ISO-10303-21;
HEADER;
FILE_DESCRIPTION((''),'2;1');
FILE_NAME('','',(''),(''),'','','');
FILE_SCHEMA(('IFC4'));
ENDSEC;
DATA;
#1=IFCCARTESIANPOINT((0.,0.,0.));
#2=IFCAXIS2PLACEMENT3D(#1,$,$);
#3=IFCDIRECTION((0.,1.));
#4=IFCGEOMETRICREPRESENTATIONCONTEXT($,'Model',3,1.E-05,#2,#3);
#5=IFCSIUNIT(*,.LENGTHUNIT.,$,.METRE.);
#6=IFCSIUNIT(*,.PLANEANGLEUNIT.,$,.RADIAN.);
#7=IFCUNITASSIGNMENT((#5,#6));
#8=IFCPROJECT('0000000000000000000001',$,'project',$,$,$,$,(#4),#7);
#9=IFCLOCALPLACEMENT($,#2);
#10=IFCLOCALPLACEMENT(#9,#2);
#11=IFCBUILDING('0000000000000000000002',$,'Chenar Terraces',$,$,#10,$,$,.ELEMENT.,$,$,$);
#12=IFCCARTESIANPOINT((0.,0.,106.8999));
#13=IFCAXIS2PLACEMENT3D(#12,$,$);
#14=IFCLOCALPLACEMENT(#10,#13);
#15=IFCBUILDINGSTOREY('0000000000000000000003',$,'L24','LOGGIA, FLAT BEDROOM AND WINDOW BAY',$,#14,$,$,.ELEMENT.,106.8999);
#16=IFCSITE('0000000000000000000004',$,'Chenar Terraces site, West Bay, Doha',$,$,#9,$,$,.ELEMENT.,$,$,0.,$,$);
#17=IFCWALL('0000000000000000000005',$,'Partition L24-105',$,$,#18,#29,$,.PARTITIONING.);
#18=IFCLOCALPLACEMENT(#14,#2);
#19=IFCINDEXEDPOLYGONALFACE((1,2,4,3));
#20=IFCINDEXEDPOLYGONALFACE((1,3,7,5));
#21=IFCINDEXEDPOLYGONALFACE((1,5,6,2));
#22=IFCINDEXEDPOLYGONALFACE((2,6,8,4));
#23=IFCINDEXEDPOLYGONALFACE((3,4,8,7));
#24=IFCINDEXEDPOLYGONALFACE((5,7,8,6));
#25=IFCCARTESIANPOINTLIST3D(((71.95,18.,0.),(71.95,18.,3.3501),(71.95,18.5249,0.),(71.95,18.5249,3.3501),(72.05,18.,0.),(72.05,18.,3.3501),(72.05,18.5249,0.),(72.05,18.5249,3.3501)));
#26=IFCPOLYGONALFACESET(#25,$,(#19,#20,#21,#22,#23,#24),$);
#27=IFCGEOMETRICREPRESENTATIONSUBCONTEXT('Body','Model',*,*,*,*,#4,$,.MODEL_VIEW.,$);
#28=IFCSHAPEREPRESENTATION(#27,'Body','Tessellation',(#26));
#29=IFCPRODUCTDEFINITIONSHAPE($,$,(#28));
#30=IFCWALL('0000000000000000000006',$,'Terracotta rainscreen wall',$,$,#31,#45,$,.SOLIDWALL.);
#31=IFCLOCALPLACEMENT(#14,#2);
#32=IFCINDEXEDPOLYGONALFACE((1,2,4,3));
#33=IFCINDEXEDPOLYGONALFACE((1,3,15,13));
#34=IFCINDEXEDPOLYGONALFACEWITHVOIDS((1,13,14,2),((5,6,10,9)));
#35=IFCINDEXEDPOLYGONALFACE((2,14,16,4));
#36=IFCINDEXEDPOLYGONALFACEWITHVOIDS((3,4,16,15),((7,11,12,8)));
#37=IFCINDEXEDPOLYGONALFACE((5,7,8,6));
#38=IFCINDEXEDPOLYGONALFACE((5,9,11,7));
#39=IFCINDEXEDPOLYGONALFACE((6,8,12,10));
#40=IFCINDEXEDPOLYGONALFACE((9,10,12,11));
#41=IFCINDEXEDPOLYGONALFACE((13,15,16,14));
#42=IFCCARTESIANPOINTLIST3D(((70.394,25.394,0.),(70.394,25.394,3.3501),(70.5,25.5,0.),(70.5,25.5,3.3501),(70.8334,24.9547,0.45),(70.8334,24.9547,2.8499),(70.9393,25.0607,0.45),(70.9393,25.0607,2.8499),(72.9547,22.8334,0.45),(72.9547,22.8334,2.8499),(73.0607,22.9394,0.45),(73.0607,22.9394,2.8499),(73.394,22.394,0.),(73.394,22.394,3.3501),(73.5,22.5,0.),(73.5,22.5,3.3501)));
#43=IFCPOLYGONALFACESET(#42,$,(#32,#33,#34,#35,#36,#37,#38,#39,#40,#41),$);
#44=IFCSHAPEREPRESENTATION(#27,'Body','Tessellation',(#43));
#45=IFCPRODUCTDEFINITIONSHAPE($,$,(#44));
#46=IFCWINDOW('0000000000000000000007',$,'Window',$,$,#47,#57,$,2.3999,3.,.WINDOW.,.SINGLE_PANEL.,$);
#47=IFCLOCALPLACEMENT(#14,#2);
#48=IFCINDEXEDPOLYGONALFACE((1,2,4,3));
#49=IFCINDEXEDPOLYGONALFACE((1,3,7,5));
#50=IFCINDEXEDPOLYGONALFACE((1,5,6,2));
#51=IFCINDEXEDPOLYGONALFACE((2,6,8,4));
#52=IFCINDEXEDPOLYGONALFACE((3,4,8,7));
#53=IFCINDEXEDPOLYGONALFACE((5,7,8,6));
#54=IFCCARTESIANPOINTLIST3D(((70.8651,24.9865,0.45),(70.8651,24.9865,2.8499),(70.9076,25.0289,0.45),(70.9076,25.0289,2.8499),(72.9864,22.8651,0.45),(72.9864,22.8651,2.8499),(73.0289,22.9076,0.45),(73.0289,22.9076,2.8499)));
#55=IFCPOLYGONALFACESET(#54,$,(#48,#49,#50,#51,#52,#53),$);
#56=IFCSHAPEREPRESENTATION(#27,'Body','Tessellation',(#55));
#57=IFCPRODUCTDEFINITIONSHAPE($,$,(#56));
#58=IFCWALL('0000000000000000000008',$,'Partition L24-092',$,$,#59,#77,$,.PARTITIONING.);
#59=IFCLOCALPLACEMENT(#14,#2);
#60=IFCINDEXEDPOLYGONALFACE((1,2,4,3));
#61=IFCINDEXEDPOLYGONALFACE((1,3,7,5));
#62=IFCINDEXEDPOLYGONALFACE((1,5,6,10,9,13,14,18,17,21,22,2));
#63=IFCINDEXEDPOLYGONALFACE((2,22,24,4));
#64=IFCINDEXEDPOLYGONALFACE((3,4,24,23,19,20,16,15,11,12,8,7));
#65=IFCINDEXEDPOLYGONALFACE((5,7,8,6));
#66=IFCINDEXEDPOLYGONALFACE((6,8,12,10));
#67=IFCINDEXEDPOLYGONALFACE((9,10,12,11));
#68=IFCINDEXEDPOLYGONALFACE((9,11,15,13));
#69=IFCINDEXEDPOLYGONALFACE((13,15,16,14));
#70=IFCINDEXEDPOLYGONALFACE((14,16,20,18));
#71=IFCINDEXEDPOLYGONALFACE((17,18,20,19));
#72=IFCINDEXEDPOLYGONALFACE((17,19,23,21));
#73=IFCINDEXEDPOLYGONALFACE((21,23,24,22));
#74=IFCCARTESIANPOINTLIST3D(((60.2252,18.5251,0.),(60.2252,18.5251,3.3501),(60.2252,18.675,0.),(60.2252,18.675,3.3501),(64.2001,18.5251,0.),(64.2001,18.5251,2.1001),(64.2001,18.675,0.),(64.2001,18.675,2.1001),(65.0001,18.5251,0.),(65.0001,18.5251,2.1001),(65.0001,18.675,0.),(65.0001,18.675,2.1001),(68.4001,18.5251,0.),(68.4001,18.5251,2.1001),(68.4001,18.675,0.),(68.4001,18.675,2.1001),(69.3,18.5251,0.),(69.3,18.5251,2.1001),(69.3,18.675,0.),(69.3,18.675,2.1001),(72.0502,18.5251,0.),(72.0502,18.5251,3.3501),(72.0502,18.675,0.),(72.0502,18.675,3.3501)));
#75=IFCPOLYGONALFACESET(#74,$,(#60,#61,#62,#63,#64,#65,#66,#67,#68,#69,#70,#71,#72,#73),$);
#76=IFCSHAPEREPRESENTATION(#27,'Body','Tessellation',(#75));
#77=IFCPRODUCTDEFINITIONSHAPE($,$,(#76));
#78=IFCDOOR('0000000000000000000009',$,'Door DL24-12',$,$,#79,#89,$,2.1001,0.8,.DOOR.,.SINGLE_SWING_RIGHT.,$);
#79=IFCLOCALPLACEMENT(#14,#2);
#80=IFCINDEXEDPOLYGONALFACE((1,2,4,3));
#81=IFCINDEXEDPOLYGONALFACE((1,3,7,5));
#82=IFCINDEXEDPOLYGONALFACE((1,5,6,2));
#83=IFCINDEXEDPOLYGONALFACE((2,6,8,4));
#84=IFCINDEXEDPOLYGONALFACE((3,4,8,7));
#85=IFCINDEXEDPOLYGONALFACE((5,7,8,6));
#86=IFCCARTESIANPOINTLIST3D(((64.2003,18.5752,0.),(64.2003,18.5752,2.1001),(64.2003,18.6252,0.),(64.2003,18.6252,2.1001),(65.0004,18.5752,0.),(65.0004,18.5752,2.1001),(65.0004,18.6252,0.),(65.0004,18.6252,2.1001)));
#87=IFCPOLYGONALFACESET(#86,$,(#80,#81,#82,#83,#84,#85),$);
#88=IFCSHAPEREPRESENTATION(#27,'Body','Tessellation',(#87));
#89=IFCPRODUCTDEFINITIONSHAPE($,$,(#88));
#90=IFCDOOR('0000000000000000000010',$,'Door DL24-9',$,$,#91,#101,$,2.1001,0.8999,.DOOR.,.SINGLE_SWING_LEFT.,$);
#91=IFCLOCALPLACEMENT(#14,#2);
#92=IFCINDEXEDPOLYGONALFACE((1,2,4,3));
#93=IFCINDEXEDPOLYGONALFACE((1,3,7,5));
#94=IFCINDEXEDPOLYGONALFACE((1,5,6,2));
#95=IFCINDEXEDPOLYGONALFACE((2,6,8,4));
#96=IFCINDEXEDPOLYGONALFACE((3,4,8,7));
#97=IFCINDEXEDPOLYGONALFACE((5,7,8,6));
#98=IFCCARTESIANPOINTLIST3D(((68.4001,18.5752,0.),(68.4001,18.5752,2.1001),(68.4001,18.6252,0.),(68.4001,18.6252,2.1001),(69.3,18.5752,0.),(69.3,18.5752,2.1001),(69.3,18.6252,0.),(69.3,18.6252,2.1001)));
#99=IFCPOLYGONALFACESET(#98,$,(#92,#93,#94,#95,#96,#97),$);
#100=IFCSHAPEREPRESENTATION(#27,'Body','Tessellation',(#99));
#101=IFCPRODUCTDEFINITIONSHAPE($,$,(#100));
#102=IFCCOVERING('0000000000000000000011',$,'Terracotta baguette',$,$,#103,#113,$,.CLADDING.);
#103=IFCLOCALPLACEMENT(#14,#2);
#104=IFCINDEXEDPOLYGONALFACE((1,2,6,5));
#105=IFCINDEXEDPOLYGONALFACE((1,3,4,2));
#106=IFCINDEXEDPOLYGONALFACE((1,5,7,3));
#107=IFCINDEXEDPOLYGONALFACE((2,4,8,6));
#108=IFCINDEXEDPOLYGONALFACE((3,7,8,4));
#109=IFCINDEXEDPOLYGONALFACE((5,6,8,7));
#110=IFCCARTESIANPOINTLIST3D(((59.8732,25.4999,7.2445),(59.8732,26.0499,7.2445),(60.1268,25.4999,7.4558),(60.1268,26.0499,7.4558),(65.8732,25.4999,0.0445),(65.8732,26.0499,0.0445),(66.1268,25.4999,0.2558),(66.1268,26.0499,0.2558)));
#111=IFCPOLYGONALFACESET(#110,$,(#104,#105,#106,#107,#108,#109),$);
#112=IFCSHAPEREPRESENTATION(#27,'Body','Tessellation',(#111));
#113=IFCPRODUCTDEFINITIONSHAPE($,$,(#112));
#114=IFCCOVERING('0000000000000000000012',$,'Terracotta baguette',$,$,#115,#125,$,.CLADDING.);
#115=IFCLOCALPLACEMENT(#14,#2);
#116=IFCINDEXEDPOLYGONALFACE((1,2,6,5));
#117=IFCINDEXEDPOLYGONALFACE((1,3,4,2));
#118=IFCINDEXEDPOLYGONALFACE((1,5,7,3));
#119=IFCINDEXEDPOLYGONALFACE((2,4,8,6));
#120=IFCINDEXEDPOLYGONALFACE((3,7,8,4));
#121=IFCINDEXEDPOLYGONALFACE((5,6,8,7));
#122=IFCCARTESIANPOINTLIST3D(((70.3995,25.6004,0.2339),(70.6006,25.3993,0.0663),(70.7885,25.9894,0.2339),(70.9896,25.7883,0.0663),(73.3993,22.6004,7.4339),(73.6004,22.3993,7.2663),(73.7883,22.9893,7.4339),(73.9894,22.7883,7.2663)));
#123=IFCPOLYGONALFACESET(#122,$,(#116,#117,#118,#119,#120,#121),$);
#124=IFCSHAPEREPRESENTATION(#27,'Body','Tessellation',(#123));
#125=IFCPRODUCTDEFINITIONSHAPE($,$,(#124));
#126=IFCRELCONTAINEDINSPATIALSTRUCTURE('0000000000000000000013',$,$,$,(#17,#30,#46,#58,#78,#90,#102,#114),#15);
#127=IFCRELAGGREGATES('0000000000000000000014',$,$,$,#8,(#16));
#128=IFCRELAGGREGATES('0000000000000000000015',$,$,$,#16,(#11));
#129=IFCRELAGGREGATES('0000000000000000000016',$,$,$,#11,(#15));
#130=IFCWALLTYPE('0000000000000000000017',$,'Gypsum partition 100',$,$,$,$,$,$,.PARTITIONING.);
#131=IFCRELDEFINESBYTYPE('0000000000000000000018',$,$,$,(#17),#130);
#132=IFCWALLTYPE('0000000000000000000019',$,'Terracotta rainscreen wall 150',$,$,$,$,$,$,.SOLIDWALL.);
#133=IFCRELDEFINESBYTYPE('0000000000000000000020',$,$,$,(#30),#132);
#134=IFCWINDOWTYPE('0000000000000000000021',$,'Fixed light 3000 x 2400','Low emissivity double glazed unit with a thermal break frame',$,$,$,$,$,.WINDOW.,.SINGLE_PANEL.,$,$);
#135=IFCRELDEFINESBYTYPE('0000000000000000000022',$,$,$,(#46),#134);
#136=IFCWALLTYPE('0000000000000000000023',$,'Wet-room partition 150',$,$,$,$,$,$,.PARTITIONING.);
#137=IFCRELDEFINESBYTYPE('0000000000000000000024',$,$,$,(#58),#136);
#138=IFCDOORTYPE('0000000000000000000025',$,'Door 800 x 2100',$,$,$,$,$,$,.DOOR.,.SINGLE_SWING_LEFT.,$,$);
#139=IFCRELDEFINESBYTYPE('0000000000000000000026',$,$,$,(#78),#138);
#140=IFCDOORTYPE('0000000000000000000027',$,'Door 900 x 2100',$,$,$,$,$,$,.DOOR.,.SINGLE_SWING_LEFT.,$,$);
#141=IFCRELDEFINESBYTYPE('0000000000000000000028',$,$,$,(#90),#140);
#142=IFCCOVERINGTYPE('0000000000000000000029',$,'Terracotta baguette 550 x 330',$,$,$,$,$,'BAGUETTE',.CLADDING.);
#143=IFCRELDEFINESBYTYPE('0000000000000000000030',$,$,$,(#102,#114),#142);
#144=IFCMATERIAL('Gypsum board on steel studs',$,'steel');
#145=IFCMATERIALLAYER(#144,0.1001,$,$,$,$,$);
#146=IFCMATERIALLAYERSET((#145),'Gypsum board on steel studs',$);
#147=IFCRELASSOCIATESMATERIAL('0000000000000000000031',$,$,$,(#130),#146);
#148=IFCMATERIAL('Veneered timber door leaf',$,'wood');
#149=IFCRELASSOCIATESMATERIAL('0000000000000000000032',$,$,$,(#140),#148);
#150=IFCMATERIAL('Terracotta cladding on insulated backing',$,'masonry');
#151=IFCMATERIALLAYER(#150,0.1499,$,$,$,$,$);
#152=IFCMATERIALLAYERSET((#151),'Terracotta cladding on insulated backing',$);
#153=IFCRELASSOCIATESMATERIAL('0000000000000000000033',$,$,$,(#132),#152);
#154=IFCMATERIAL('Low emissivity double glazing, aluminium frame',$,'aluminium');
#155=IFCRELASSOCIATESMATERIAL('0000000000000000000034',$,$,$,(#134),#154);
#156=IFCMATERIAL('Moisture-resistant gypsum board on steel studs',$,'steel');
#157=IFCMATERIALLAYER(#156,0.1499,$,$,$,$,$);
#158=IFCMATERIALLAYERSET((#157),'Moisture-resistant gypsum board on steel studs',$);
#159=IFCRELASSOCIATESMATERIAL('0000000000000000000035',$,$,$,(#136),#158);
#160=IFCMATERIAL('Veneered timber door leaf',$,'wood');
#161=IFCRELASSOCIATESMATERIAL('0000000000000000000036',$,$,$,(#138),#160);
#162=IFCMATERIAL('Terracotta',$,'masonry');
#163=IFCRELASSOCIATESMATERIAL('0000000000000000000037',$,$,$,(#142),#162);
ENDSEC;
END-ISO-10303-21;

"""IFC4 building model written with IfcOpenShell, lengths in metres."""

from ifc_helpers import new_model, si_unit, direction, frame, frame_2d, origin, origin_2d, place, context, subcontext, project, spatial, rectangle, extrude, material, layer, layer_set, material_profile, profile_set, type_object, element, fill, save


model = new_model("IFC4")

# Units and contexts
model_context = context("Model", 3, precision=1e-05, world=origin(), true_north=direction((0.0, 1.0)))
body_context = subcontext(model_context, "Body", "Model", "MODEL_VIEW")
ifc_project = project(units=[si_unit("LENGTHUNIT", "METRE"), si_unit("PLANEANGLEUNIT", "RADIAN")], contexts=[model_context])

# Site, building, storey
site_placement = place(None, origin())
site = spatial("IfcSite", under=ifc_project, at=site_placement, Name="Chenar Terraces site, West Bay, Doha", CompositionType="ELEMENT", RefElevation=0.0)
building_placement = place(site_placement, origin())
building = spatial("IfcBuilding", under=site, at=building_placement, Name="Chenar Terraces", CompositionType="ELEMENT")
storey_placement = place(building_placement, frame((0.0, 0.0, 106.8999)))
storey = spatial("IfcBuildingStorey", under=building, at=storey_placement, Name="L24", Description="LOGGIA, FLAT BEDROOM AND WINDOW BAY", CompositionType="ELEMENT", Elevation=106.8999)

# Shared definitions
ifc_material_1 = material(Name="Gypsum board on steel studs", Category="steel")
ifc_layer_1 = layer(ifc_material_1, 0.1001)
ifc_layer_set_1 = layer_set([ifc_layer_1], Name="Gypsum board on steel studs")
wall_type_1 = type_object("IfcWallType", Name="Gypsum partition 100", PredefinedType="PARTITIONING", material=ifc_layer_set_1)
ifc_material_2 = material(Name="Veneered timber door leaf", Category="wood")
door_type_1 = type_object("IfcDoorType", Name="Door 900 x 2100", OperationType="SINGLE_SWING_LEFT", PredefinedType="DOOR", material=ifc_material_2)

# Wall
wall_1_placement = place(storey_placement, frame((72.0, 18.0, 0.0), z_axis=(0.0, 0.0, 1.0), x_axis=(0.0, 1.0, 0.0)))
element("IfcWall", 1, at=wall_1_placement, inside=storey, type_object=wall_type_1, Name="Partition L24-105", PredefinedType="PARTITIONING", context=body_context, shape_type="SweptSolid", body=[
    extrude(rectangle(XDim=0.5249, YDim=0.1001, at=frame_2d((0.2625, 0.0))), origin(), (0.0, 0.0, 1.0), 3.3501),
])

# Wall, opening, window
ifc_material_3 = material(Name="Terracotta cladding on insulated backing", Category="masonry")
ifc_layer_2 = layer(ifc_material_3, 0.1499)
ifc_layer_set_2 = layer_set([ifc_layer_2], Name="Terracotta cladding on insulated backing")
wall_type_2 = type_object("IfcWallType", Name="Terracotta rainscreen wall 150", PredefinedType="SOLIDWALL", material=ifc_layer_set_2)
wall_2_placement = place(storey_placement, frame((73.447, 22.447, 0.0), z_axis=(0.0, 0.0, 1.0), x_axis=(-0.707107, 0.707107, 0.0)))
wall_2 = element("IfcWall", 2, at=wall_2_placement, inside=storey, type_object=wall_type_2, Name="Terracotta rainscreen wall", PredefinedType="SOLIDWALL", context=body_context, shape_type="SweptSolid", body=[
    extrude(rectangle(XDim=4.2427, YDim=0.1499, at=frame_2d((2.1213, 0.0))), origin(), (0.0, 0.0, 1.0), 3.3501),
])
opening_1_placement = place(wall_2_placement, frame((0.6213, 0.0, 0.45)))
opening_1 = element("IfcOpeningElement", 3, at=opening_1_placement, cuts=wall_2, PredefinedType="OPENING", context=body_context, shape_type="SweptSolid", body=[
    extrude(rectangle(XDim=3.0, YDim=2.3999, at=frame_2d((1.5, 1.2))), frame((0.0, 0.085, 0.0), z_axis=(0.0, -1.0, 0.0), x_axis=(1.0, 0.0, 0.0)), (0.0, 0.0, 1.0), 0.1699),
])
ifc_material_4 = material(Name="Low emissivity double glazing, aluminium frame", Category="aluminium")
window_type_1 = type_object("IfcWindowType", Name="Fixed light 3000 x 2400", Description="Low emissivity double glazed unit with a thermal break frame", PartitioningType="SINGLE_PANEL", PredefinedType="WINDOW", material=ifc_material_4)
window_1_placement = place(opening_1_placement, origin())
window_1 = element("IfcWindow", 4, at=window_1_placement, inside=storey, type_object=window_type_1, Name="Window", OverallHeight=2.3999, OverallWidth=3.0, PartitioningType="SINGLE_PANEL", PredefinedType="WINDOW", context=body_context, shape_type="SweptSolid", body=[
    extrude(rectangle(XDim=3.0, YDim=2.3999, at=frame_2d((1.5, 1.2))), frame((0.0, 0.03, 0.0), z_axis=(0.0, -1.0, 0.0), x_axis=(1.0, 0.0, 0.0)), (0.0, 0.0, 1.0), 0.0601),
])
fill(opening_1, window_1)

# Wall, openings, doors
ifc_material_5 = material(Name="Moisture-resistant gypsum board on steel studs", Category="steel")
ifc_layer_3 = layer(ifc_material_5, 0.1499)
ifc_layer_set_3 = layer_set([ifc_layer_3], Name="Moisture-resistant gypsum board on steel studs")
wall_type_3 = type_object("IfcWallType", Name="Wet-room partition 150", PredefinedType="PARTITIONING", material=ifc_layer_set_3)
wall_3_placement = place(storey_placement, frame((60.2251, 18.6001, 0.0), z_axis=(0.0, 0.0, 1.0), x_axis=(1.0, 0.0, 0.0)))
wall_3 = element("IfcWall", 5, at=wall_3_placement, inside=storey, type_object=wall_type_3, Name="Partition L24-092", PredefinedType="PARTITIONING", context=body_context, shape_type="SweptSolid", body=[
    extrude(rectangle(XDim=11.825, YDim=0.1499, at=frame_2d((5.9126, 0.0))), origin(), (0.0, 0.0, 1.0), 3.3501),
])
opening_2_placement = place(wall_3_placement, frame((8.175, 0.0, 0.0)))
opening_2 = element("IfcOpeningElement", 6, at=opening_2_placement, cuts=wall_3, PredefinedType="OPENING", context=body_context, shape_type="SweptSolid", body=[
    extrude(rectangle(XDim=0.8999, YDim=2.1001, at=frame_2d((0.45, 1.05))), frame((0.0, 0.085, 0.0), z_axis=(0.0, -1.0, 0.0), x_axis=(1.0, 0.0, 0.0)), (0.0, 0.0, 1.0), 0.1699),
])
opening_3_placement = place(wall_3_placement, frame((3.9751, 0.0, 0.0)))
opening_3 = element("IfcOpeningElement", 7, at=opening_3_placement, cuts=wall_3, PredefinedType="OPENING", context=body_context, shape_type="SweptSolid", body=[
    extrude(rectangle(XDim=0.8, YDim=2.1001, at=frame_2d((0.3999, 1.05))), frame((0.0, 0.085, 0.0), z_axis=(0.0, -1.0, 0.0), x_axis=(1.0, 0.0, 0.0)), (0.0, 0.0, 1.0), 0.1699),
])
ifc_material_6 = material(Name="Veneered timber door leaf", Category="wood")
door_type_2 = type_object("IfcDoorType", Name="Door 800 x 2100", OperationType="SINGLE_SWING_LEFT", PredefinedType="DOOR", material=ifc_material_6)
door_1_placement = place(opening_3_placement, frame((0.8, 0.0, 0.0), z_axis=(0.0, 0.0, 1.0), x_axis=(-1.0, 0.0, 0.0)))
door_1 = element("IfcDoor", 8, at=door_1_placement, inside=storey, type_object=door_type_2, Name="Door DL24-12", OperationType="SINGLE_SWING_RIGHT", OverallHeight=2.1001, OverallWidth=0.8, PredefinedType="DOOR", context=body_context, shape_type="SweptSolid", body=[
    extrude(rectangle(XDim=0.8, YDim=2.1001, at=frame_2d((0.3999, 1.05))), frame((0.0, 0.0249, 0.0), z_axis=(0.0, -1.0, 0.0), x_axis=(1.0, 0.0, 0.0)), (0.0, 0.0, 1.0), 0.05),
])
fill(opening_3, door_1)
door_2_placement = place(opening_2_placement, frame((0.8999, 0.0, 0.0), z_axis=(0.0, 0.0, 1.0), x_axis=(-1.0, 0.0, 0.0)))
door_2 = element("IfcDoor", 9, at=door_2_placement, inside=storey, type_object=door_type_1, Name="Door DL24-9", OperationType="SINGLE_SWING_LEFT", OverallHeight=2.1001, OverallWidth=0.8999, PredefinedType="DOOR", context=body_context, shape_type="SweptSolid", body=[
    extrude(rectangle(XDim=0.8999, YDim=2.1001, at=frame_2d((0.45, 1.05))), frame((0.0, 0.0249, 0.0), z_axis=(0.0, -1.0, 0.0), x_axis=(1.0, 0.0, 0.0)), (0.0, 0.0, 1.0), 0.05),
])
fill(opening_2, door_2)

# Coverings
ifc_material_7 = material(Name="Terracotta", Category="masonry")
ifc_material_profile_1 = material_profile(ifc_material_7, rectangle(XDim=0.55, YDim=0.3301, at=origin_2d()), Name="Terracotta baguette 550 x 330")
ifc_profile_set_1 = profile_set([ifc_material_profile_1], Name="Terracotta")
covering_type = type_object("IfcCoveringType", Name="Terracotta baguette 550 x 330", ElementType="BAGUETTE", PredefinedType="CLADDING", material=ifc_profile_set_1)
covering_1_placement = place(storey_placement, frame((66.0, 25.7749, 0.1501), z_axis=(-0.640187, 0.0, 0.768219), x_axis=(0.0, -1.0, 0.0)))
element("IfcCovering", 10, at=covering_1_placement, inside=storey, type_object=covering_type, Name="Terracotta baguette", PredefinedType="CLADDING", context=body_context, shape_type="SweptSolid", body=[
    extrude(rectangle(XDim=0.55, YDim=0.3301, at=origin_2d()), origin(), (0.0, 0.0, 1.0), 9.3723),
])
covering_2_placement = place(storey_placement, frame((73.6943, 22.6943, 7.3501), z_axis=(-0.358955, 0.358985, -0.861557), x_axis=(-0.707136, -0.707078, 0.0)))
element("IfcCovering", 11, at=covering_2_placement, inside=storey, type_object=covering_type, Name="Terracotta baguette", PredefinedType="CLADDING", context=body_context, shape_type="SweptSolid", body=[
    extrude(rectangle(XDim=0.55, YDim=0.3301, at=origin_2d()), origin(), (0.0, 0.0, 1.0), 8.3569),
])

save(model, "model.ifc")
